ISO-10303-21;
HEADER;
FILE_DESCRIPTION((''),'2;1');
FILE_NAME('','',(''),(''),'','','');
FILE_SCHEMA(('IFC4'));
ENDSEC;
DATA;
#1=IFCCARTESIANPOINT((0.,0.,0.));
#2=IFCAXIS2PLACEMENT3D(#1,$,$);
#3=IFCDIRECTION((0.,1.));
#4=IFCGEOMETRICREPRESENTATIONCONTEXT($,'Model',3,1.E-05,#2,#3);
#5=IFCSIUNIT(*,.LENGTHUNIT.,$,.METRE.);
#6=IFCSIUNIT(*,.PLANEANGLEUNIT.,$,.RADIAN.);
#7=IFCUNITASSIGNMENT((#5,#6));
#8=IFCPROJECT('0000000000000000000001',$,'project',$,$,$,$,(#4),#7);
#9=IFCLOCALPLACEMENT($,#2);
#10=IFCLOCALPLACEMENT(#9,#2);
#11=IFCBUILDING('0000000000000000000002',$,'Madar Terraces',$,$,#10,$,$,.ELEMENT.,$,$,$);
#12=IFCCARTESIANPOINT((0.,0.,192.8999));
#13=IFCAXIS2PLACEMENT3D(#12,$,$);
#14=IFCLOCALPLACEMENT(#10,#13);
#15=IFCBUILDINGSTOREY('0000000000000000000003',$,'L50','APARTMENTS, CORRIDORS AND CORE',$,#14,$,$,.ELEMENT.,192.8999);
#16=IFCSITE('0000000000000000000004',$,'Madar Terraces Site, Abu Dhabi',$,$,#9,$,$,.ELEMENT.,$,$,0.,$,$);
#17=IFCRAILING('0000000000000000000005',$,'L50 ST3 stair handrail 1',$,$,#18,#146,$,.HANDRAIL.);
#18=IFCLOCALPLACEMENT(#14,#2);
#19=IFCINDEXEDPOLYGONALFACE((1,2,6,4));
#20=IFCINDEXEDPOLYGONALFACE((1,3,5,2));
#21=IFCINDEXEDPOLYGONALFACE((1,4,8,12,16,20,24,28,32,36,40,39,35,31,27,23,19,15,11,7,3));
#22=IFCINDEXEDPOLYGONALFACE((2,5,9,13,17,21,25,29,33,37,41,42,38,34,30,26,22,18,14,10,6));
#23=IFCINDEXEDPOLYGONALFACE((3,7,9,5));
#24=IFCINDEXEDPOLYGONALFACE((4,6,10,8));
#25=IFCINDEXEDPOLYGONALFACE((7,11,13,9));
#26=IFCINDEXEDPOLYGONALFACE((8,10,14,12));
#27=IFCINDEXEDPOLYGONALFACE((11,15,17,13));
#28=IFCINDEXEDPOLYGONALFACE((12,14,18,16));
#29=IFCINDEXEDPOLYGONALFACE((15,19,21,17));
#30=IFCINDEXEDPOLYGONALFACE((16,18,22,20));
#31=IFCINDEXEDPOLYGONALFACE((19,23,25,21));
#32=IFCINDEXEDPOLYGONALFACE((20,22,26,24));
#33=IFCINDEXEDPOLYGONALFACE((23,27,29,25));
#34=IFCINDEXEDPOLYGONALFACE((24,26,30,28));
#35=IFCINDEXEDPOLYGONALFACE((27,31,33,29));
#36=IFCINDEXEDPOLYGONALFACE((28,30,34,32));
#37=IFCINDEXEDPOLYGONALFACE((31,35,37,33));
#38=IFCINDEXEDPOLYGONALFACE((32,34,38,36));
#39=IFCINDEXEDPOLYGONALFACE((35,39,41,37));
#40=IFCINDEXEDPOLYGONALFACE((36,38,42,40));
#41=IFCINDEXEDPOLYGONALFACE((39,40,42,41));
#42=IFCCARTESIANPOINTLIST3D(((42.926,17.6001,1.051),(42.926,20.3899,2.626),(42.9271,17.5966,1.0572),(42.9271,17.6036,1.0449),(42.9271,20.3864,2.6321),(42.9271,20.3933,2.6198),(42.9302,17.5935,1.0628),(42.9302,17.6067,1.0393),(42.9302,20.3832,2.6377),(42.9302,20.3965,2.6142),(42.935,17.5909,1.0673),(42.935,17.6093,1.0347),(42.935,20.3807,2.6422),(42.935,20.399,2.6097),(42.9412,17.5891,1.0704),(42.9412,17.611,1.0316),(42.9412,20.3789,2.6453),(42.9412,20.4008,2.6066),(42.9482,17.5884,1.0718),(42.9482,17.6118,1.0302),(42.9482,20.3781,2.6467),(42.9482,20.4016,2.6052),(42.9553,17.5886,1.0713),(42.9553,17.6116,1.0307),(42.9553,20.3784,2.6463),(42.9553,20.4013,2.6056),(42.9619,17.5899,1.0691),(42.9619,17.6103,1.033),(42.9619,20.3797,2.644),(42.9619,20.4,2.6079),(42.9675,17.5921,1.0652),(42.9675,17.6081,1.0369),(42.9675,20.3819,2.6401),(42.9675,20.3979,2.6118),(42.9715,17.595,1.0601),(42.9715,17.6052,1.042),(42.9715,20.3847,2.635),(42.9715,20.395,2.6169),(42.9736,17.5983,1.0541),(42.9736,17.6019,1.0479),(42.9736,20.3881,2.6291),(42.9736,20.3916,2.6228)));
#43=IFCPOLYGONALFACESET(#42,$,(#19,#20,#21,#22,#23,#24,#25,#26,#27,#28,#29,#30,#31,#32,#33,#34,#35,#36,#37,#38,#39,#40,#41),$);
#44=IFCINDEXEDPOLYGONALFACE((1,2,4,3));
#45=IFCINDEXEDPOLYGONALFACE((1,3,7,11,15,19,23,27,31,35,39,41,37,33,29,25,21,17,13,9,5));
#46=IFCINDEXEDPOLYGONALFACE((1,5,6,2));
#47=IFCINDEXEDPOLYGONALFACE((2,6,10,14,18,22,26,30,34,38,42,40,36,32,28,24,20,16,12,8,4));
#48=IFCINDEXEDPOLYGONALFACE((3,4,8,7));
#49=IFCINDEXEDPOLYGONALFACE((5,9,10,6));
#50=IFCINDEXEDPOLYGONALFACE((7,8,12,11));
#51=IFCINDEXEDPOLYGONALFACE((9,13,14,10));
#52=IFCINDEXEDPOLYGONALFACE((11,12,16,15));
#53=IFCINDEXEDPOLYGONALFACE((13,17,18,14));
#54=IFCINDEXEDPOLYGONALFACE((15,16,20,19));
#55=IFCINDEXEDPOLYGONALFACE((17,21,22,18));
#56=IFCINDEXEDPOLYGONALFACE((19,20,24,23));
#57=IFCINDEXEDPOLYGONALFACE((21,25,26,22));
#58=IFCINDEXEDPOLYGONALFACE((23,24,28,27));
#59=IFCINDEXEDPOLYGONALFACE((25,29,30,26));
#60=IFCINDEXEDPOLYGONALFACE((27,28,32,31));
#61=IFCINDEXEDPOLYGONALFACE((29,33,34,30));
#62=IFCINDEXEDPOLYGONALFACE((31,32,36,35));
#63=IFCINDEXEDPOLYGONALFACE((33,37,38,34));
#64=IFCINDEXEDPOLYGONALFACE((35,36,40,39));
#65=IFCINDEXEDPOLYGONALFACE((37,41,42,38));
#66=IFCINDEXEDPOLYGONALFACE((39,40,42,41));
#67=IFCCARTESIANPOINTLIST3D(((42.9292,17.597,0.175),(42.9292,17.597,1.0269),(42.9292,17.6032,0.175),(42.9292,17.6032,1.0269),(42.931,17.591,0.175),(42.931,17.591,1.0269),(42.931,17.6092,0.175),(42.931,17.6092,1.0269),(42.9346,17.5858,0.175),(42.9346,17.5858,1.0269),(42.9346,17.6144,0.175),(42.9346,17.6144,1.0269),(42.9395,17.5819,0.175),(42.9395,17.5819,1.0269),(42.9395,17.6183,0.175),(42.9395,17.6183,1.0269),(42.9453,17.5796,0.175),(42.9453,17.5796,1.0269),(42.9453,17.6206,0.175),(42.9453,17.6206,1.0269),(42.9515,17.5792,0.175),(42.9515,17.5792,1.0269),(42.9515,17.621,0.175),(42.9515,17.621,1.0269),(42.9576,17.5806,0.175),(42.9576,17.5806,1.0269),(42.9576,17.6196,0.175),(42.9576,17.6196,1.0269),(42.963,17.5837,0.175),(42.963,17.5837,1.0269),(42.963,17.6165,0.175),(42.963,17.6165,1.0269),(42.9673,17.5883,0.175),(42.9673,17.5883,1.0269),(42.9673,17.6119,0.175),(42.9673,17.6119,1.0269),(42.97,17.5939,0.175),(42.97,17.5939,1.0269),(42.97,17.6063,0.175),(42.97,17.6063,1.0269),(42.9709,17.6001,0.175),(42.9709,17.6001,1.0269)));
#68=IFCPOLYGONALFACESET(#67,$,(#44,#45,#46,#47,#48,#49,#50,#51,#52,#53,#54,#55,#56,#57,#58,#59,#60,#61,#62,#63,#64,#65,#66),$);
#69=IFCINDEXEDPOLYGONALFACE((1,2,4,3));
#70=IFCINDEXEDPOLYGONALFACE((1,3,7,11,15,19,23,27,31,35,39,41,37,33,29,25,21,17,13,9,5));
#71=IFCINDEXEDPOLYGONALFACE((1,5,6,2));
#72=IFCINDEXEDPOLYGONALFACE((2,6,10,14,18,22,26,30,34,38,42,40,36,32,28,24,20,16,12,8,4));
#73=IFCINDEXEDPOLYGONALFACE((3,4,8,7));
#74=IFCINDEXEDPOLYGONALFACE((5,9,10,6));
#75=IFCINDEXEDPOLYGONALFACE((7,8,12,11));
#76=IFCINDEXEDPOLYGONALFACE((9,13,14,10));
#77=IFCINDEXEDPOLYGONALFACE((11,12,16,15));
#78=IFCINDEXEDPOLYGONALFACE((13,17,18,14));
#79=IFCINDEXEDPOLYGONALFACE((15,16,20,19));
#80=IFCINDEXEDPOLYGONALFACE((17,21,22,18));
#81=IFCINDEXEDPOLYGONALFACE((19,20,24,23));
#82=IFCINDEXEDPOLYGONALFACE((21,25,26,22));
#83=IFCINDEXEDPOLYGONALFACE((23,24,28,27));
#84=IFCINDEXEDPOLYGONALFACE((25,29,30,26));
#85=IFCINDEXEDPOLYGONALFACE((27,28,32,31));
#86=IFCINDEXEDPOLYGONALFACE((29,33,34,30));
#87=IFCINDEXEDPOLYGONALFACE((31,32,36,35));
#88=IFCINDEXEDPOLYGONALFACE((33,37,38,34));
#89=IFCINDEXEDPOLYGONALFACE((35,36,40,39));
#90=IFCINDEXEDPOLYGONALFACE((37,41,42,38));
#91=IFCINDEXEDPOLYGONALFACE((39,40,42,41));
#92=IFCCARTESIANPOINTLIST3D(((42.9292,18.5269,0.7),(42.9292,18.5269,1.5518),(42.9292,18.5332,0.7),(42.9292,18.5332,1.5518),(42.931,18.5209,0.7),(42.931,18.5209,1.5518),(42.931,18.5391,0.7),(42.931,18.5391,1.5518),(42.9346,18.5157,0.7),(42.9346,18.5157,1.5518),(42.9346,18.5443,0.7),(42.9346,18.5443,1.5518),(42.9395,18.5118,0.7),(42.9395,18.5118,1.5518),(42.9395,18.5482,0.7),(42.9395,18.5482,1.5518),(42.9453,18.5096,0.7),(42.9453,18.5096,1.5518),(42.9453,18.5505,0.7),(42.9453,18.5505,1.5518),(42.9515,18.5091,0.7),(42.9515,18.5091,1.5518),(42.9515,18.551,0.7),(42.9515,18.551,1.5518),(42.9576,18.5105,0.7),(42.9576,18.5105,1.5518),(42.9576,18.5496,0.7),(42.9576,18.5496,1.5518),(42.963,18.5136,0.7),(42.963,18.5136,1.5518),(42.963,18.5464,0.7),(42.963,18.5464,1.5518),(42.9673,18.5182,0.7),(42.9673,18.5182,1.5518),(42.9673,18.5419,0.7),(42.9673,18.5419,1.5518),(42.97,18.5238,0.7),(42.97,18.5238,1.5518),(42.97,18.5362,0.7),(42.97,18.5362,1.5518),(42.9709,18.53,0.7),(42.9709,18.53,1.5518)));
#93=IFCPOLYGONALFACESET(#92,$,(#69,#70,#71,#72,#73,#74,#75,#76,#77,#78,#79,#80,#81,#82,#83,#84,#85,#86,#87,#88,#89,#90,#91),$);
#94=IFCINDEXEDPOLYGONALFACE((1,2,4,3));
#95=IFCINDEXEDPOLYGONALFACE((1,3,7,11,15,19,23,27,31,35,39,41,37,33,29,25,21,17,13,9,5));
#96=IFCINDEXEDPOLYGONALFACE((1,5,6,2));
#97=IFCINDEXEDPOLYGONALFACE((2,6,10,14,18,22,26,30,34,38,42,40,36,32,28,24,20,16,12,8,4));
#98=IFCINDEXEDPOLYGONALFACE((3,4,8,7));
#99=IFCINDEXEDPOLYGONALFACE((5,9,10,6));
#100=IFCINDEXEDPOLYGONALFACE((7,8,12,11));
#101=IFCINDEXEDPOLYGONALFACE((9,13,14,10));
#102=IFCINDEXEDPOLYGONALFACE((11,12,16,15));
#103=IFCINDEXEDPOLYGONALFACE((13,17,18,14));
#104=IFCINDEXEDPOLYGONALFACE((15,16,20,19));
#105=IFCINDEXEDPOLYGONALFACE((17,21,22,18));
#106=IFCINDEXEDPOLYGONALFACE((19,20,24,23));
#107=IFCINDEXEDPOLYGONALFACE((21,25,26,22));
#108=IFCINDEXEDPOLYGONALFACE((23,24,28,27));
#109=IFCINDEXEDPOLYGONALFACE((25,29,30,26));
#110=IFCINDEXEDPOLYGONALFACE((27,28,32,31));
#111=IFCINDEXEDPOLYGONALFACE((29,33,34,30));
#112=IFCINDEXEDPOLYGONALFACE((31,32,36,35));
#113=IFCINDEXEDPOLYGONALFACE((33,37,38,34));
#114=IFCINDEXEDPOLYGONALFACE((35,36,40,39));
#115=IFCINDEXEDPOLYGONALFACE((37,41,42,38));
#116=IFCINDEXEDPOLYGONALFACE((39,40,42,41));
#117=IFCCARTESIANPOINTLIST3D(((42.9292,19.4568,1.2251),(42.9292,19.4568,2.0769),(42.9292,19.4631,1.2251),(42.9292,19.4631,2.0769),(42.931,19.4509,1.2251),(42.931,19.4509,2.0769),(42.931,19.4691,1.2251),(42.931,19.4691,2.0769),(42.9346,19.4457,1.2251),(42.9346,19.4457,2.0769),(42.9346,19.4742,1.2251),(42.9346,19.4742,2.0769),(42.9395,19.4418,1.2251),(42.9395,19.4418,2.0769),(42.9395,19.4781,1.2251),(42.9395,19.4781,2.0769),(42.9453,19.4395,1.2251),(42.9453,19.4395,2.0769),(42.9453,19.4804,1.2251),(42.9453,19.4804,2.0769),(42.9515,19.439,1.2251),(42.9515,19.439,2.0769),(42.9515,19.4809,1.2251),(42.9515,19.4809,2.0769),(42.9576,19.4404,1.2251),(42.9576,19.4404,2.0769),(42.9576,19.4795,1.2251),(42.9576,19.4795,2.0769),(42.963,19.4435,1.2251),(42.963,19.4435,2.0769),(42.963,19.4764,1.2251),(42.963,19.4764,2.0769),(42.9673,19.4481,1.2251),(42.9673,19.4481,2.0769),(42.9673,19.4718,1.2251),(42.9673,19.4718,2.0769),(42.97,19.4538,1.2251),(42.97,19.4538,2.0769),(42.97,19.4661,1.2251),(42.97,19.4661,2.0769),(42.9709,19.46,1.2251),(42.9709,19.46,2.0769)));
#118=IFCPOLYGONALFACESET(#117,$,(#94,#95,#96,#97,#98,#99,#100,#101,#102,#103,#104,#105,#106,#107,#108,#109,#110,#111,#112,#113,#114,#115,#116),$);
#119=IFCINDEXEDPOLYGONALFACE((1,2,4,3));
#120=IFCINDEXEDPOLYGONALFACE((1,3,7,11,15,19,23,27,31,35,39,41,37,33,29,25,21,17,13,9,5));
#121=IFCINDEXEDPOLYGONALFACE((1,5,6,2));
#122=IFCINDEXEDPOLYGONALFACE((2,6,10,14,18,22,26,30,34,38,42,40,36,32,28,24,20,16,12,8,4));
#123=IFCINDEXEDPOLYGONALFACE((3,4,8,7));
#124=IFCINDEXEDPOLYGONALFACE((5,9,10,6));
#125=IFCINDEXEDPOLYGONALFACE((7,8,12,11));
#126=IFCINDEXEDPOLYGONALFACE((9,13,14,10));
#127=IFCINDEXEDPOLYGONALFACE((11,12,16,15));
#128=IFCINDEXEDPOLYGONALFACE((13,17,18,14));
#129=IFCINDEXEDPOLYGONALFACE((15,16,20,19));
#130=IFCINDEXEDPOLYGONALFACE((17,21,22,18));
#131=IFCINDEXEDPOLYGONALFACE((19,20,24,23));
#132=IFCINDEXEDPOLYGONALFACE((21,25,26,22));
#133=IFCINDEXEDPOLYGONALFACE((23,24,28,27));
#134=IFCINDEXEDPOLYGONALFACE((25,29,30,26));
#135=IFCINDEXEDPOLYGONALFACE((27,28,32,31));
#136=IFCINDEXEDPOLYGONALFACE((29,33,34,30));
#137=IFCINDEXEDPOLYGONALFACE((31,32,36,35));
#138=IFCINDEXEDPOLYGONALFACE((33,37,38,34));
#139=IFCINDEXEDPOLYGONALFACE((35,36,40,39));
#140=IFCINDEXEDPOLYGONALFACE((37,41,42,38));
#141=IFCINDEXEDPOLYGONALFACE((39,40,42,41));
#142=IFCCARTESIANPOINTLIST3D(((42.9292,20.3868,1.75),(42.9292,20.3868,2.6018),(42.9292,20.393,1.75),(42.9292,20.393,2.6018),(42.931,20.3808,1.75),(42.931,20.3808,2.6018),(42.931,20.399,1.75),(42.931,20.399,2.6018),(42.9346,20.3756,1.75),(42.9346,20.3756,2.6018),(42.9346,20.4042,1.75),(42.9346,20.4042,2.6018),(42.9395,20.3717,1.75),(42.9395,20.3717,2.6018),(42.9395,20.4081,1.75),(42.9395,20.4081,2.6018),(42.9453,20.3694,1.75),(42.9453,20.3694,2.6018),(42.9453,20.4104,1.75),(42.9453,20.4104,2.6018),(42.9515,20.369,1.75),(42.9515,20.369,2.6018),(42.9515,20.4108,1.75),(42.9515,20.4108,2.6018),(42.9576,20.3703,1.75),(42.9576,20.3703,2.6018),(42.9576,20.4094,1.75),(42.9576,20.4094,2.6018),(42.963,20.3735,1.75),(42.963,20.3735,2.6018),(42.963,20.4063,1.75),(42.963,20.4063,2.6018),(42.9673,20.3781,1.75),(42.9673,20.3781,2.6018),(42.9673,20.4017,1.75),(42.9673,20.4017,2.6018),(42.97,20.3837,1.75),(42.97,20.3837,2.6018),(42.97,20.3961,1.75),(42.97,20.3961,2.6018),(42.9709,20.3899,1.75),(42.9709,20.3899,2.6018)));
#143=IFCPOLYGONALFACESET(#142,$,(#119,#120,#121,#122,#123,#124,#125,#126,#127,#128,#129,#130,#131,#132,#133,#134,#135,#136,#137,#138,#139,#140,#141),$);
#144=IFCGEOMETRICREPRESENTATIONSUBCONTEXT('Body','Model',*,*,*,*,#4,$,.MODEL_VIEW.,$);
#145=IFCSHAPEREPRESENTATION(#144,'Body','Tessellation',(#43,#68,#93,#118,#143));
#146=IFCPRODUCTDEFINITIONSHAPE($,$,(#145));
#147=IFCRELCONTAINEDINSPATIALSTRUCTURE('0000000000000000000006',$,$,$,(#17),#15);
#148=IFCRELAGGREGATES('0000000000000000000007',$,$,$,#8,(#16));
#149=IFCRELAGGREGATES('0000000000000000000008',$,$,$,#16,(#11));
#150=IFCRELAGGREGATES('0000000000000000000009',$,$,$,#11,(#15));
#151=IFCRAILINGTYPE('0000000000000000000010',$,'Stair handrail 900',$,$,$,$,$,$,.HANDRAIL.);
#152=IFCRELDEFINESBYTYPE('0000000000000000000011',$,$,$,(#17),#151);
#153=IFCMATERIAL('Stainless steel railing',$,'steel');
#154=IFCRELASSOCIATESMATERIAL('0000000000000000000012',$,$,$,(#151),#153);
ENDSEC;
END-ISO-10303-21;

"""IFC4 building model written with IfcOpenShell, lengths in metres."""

from ifc_helpers import new_model, si_unit, direction, frame, origin, origin_2d, place, context, subcontext, project, spatial, circle, extrude, material, type_object, element, save


model = new_model("IFC4")

# Units and contexts
model_context = context("Model", 3, precision=1e-05, world=origin(), true_north=direction((0.0, 1.0)))
body_context = subcontext(model_context, "Body", "Model", "MODEL_VIEW")
ifc_project = project(units=[si_unit("LENGTHUNIT", "METRE"), si_unit("PLANEANGLEUNIT", "RADIAN")], contexts=[model_context])

# Site, building, storey
site_placement = place(None, origin())
site = spatial("IfcSite", under=ifc_project, at=site_placement, Name="Madar Terraces Site, Abu Dhabi", CompositionType="ELEMENT", RefElevation=0.0)
building_placement = place(site_placement, origin())
building = spatial("IfcBuilding", under=site, at=building_placement, Name="Madar Terraces", CompositionType="ELEMENT")
storey_placement = place(building_placement, frame((0.0, 0.0, 192.8999)))
storey = spatial("IfcBuildingStorey", under=building, at=storey_placement, Name="L50", Description="APARTMENTS, CORRIDORS AND CORE", CompositionType="ELEMENT", Elevation=192.8999)

# Railing
ifc_material_1 = material(Name="Stainless steel railing", Category="steel")
railing_type_1 = type_object("IfcRailingType", Name="Stair handrail 900", PredefinedType="HANDRAIL", material=ifc_material_1)
railing_1_placement = place(storey_placement, frame((42.95, 17.6001, 0.175)))
element("IfcRailing", 1, at=railing_1_placement, inside=storey, type_object=railing_type_1, Name="L50 ST3 stair handrail 1", PredefinedType="HANDRAIL", context=body_context, shape_type="SweptSolid", body=[
    extrude(circle(Radius=0.0239, at=origin_2d()), frame((0.0, 0.0, 0.876), z_axis=(0.0, 0.870815, 0.49161), x_axis=(-1.0, 0.0, 0.0)), (0.0, 0.0, 1.0), 3.2036),
    extrude(circle(Radius=0.021, at=origin_2d()), origin(), (0.0, 0.0, 1.0), 0.8518),
    extrude(circle(Radius=0.021, at=origin_2d()), frame((0.0, 0.9299, 0.5249)), (0.0, 0.0, 1.0), 0.8518),
    extrude(circle(Radius=0.021, at=origin_2d()), frame((0.0, 1.8599, 1.05)), (0.0, 0.0, 1.0), 0.8518),
    extrude(circle(Radius=0.021, at=origin_2d()), frame((0.0, 2.7898, 1.575)), (0.0, 0.0, 1.0), 0.8518),
])

save(model, "model.ifc")
